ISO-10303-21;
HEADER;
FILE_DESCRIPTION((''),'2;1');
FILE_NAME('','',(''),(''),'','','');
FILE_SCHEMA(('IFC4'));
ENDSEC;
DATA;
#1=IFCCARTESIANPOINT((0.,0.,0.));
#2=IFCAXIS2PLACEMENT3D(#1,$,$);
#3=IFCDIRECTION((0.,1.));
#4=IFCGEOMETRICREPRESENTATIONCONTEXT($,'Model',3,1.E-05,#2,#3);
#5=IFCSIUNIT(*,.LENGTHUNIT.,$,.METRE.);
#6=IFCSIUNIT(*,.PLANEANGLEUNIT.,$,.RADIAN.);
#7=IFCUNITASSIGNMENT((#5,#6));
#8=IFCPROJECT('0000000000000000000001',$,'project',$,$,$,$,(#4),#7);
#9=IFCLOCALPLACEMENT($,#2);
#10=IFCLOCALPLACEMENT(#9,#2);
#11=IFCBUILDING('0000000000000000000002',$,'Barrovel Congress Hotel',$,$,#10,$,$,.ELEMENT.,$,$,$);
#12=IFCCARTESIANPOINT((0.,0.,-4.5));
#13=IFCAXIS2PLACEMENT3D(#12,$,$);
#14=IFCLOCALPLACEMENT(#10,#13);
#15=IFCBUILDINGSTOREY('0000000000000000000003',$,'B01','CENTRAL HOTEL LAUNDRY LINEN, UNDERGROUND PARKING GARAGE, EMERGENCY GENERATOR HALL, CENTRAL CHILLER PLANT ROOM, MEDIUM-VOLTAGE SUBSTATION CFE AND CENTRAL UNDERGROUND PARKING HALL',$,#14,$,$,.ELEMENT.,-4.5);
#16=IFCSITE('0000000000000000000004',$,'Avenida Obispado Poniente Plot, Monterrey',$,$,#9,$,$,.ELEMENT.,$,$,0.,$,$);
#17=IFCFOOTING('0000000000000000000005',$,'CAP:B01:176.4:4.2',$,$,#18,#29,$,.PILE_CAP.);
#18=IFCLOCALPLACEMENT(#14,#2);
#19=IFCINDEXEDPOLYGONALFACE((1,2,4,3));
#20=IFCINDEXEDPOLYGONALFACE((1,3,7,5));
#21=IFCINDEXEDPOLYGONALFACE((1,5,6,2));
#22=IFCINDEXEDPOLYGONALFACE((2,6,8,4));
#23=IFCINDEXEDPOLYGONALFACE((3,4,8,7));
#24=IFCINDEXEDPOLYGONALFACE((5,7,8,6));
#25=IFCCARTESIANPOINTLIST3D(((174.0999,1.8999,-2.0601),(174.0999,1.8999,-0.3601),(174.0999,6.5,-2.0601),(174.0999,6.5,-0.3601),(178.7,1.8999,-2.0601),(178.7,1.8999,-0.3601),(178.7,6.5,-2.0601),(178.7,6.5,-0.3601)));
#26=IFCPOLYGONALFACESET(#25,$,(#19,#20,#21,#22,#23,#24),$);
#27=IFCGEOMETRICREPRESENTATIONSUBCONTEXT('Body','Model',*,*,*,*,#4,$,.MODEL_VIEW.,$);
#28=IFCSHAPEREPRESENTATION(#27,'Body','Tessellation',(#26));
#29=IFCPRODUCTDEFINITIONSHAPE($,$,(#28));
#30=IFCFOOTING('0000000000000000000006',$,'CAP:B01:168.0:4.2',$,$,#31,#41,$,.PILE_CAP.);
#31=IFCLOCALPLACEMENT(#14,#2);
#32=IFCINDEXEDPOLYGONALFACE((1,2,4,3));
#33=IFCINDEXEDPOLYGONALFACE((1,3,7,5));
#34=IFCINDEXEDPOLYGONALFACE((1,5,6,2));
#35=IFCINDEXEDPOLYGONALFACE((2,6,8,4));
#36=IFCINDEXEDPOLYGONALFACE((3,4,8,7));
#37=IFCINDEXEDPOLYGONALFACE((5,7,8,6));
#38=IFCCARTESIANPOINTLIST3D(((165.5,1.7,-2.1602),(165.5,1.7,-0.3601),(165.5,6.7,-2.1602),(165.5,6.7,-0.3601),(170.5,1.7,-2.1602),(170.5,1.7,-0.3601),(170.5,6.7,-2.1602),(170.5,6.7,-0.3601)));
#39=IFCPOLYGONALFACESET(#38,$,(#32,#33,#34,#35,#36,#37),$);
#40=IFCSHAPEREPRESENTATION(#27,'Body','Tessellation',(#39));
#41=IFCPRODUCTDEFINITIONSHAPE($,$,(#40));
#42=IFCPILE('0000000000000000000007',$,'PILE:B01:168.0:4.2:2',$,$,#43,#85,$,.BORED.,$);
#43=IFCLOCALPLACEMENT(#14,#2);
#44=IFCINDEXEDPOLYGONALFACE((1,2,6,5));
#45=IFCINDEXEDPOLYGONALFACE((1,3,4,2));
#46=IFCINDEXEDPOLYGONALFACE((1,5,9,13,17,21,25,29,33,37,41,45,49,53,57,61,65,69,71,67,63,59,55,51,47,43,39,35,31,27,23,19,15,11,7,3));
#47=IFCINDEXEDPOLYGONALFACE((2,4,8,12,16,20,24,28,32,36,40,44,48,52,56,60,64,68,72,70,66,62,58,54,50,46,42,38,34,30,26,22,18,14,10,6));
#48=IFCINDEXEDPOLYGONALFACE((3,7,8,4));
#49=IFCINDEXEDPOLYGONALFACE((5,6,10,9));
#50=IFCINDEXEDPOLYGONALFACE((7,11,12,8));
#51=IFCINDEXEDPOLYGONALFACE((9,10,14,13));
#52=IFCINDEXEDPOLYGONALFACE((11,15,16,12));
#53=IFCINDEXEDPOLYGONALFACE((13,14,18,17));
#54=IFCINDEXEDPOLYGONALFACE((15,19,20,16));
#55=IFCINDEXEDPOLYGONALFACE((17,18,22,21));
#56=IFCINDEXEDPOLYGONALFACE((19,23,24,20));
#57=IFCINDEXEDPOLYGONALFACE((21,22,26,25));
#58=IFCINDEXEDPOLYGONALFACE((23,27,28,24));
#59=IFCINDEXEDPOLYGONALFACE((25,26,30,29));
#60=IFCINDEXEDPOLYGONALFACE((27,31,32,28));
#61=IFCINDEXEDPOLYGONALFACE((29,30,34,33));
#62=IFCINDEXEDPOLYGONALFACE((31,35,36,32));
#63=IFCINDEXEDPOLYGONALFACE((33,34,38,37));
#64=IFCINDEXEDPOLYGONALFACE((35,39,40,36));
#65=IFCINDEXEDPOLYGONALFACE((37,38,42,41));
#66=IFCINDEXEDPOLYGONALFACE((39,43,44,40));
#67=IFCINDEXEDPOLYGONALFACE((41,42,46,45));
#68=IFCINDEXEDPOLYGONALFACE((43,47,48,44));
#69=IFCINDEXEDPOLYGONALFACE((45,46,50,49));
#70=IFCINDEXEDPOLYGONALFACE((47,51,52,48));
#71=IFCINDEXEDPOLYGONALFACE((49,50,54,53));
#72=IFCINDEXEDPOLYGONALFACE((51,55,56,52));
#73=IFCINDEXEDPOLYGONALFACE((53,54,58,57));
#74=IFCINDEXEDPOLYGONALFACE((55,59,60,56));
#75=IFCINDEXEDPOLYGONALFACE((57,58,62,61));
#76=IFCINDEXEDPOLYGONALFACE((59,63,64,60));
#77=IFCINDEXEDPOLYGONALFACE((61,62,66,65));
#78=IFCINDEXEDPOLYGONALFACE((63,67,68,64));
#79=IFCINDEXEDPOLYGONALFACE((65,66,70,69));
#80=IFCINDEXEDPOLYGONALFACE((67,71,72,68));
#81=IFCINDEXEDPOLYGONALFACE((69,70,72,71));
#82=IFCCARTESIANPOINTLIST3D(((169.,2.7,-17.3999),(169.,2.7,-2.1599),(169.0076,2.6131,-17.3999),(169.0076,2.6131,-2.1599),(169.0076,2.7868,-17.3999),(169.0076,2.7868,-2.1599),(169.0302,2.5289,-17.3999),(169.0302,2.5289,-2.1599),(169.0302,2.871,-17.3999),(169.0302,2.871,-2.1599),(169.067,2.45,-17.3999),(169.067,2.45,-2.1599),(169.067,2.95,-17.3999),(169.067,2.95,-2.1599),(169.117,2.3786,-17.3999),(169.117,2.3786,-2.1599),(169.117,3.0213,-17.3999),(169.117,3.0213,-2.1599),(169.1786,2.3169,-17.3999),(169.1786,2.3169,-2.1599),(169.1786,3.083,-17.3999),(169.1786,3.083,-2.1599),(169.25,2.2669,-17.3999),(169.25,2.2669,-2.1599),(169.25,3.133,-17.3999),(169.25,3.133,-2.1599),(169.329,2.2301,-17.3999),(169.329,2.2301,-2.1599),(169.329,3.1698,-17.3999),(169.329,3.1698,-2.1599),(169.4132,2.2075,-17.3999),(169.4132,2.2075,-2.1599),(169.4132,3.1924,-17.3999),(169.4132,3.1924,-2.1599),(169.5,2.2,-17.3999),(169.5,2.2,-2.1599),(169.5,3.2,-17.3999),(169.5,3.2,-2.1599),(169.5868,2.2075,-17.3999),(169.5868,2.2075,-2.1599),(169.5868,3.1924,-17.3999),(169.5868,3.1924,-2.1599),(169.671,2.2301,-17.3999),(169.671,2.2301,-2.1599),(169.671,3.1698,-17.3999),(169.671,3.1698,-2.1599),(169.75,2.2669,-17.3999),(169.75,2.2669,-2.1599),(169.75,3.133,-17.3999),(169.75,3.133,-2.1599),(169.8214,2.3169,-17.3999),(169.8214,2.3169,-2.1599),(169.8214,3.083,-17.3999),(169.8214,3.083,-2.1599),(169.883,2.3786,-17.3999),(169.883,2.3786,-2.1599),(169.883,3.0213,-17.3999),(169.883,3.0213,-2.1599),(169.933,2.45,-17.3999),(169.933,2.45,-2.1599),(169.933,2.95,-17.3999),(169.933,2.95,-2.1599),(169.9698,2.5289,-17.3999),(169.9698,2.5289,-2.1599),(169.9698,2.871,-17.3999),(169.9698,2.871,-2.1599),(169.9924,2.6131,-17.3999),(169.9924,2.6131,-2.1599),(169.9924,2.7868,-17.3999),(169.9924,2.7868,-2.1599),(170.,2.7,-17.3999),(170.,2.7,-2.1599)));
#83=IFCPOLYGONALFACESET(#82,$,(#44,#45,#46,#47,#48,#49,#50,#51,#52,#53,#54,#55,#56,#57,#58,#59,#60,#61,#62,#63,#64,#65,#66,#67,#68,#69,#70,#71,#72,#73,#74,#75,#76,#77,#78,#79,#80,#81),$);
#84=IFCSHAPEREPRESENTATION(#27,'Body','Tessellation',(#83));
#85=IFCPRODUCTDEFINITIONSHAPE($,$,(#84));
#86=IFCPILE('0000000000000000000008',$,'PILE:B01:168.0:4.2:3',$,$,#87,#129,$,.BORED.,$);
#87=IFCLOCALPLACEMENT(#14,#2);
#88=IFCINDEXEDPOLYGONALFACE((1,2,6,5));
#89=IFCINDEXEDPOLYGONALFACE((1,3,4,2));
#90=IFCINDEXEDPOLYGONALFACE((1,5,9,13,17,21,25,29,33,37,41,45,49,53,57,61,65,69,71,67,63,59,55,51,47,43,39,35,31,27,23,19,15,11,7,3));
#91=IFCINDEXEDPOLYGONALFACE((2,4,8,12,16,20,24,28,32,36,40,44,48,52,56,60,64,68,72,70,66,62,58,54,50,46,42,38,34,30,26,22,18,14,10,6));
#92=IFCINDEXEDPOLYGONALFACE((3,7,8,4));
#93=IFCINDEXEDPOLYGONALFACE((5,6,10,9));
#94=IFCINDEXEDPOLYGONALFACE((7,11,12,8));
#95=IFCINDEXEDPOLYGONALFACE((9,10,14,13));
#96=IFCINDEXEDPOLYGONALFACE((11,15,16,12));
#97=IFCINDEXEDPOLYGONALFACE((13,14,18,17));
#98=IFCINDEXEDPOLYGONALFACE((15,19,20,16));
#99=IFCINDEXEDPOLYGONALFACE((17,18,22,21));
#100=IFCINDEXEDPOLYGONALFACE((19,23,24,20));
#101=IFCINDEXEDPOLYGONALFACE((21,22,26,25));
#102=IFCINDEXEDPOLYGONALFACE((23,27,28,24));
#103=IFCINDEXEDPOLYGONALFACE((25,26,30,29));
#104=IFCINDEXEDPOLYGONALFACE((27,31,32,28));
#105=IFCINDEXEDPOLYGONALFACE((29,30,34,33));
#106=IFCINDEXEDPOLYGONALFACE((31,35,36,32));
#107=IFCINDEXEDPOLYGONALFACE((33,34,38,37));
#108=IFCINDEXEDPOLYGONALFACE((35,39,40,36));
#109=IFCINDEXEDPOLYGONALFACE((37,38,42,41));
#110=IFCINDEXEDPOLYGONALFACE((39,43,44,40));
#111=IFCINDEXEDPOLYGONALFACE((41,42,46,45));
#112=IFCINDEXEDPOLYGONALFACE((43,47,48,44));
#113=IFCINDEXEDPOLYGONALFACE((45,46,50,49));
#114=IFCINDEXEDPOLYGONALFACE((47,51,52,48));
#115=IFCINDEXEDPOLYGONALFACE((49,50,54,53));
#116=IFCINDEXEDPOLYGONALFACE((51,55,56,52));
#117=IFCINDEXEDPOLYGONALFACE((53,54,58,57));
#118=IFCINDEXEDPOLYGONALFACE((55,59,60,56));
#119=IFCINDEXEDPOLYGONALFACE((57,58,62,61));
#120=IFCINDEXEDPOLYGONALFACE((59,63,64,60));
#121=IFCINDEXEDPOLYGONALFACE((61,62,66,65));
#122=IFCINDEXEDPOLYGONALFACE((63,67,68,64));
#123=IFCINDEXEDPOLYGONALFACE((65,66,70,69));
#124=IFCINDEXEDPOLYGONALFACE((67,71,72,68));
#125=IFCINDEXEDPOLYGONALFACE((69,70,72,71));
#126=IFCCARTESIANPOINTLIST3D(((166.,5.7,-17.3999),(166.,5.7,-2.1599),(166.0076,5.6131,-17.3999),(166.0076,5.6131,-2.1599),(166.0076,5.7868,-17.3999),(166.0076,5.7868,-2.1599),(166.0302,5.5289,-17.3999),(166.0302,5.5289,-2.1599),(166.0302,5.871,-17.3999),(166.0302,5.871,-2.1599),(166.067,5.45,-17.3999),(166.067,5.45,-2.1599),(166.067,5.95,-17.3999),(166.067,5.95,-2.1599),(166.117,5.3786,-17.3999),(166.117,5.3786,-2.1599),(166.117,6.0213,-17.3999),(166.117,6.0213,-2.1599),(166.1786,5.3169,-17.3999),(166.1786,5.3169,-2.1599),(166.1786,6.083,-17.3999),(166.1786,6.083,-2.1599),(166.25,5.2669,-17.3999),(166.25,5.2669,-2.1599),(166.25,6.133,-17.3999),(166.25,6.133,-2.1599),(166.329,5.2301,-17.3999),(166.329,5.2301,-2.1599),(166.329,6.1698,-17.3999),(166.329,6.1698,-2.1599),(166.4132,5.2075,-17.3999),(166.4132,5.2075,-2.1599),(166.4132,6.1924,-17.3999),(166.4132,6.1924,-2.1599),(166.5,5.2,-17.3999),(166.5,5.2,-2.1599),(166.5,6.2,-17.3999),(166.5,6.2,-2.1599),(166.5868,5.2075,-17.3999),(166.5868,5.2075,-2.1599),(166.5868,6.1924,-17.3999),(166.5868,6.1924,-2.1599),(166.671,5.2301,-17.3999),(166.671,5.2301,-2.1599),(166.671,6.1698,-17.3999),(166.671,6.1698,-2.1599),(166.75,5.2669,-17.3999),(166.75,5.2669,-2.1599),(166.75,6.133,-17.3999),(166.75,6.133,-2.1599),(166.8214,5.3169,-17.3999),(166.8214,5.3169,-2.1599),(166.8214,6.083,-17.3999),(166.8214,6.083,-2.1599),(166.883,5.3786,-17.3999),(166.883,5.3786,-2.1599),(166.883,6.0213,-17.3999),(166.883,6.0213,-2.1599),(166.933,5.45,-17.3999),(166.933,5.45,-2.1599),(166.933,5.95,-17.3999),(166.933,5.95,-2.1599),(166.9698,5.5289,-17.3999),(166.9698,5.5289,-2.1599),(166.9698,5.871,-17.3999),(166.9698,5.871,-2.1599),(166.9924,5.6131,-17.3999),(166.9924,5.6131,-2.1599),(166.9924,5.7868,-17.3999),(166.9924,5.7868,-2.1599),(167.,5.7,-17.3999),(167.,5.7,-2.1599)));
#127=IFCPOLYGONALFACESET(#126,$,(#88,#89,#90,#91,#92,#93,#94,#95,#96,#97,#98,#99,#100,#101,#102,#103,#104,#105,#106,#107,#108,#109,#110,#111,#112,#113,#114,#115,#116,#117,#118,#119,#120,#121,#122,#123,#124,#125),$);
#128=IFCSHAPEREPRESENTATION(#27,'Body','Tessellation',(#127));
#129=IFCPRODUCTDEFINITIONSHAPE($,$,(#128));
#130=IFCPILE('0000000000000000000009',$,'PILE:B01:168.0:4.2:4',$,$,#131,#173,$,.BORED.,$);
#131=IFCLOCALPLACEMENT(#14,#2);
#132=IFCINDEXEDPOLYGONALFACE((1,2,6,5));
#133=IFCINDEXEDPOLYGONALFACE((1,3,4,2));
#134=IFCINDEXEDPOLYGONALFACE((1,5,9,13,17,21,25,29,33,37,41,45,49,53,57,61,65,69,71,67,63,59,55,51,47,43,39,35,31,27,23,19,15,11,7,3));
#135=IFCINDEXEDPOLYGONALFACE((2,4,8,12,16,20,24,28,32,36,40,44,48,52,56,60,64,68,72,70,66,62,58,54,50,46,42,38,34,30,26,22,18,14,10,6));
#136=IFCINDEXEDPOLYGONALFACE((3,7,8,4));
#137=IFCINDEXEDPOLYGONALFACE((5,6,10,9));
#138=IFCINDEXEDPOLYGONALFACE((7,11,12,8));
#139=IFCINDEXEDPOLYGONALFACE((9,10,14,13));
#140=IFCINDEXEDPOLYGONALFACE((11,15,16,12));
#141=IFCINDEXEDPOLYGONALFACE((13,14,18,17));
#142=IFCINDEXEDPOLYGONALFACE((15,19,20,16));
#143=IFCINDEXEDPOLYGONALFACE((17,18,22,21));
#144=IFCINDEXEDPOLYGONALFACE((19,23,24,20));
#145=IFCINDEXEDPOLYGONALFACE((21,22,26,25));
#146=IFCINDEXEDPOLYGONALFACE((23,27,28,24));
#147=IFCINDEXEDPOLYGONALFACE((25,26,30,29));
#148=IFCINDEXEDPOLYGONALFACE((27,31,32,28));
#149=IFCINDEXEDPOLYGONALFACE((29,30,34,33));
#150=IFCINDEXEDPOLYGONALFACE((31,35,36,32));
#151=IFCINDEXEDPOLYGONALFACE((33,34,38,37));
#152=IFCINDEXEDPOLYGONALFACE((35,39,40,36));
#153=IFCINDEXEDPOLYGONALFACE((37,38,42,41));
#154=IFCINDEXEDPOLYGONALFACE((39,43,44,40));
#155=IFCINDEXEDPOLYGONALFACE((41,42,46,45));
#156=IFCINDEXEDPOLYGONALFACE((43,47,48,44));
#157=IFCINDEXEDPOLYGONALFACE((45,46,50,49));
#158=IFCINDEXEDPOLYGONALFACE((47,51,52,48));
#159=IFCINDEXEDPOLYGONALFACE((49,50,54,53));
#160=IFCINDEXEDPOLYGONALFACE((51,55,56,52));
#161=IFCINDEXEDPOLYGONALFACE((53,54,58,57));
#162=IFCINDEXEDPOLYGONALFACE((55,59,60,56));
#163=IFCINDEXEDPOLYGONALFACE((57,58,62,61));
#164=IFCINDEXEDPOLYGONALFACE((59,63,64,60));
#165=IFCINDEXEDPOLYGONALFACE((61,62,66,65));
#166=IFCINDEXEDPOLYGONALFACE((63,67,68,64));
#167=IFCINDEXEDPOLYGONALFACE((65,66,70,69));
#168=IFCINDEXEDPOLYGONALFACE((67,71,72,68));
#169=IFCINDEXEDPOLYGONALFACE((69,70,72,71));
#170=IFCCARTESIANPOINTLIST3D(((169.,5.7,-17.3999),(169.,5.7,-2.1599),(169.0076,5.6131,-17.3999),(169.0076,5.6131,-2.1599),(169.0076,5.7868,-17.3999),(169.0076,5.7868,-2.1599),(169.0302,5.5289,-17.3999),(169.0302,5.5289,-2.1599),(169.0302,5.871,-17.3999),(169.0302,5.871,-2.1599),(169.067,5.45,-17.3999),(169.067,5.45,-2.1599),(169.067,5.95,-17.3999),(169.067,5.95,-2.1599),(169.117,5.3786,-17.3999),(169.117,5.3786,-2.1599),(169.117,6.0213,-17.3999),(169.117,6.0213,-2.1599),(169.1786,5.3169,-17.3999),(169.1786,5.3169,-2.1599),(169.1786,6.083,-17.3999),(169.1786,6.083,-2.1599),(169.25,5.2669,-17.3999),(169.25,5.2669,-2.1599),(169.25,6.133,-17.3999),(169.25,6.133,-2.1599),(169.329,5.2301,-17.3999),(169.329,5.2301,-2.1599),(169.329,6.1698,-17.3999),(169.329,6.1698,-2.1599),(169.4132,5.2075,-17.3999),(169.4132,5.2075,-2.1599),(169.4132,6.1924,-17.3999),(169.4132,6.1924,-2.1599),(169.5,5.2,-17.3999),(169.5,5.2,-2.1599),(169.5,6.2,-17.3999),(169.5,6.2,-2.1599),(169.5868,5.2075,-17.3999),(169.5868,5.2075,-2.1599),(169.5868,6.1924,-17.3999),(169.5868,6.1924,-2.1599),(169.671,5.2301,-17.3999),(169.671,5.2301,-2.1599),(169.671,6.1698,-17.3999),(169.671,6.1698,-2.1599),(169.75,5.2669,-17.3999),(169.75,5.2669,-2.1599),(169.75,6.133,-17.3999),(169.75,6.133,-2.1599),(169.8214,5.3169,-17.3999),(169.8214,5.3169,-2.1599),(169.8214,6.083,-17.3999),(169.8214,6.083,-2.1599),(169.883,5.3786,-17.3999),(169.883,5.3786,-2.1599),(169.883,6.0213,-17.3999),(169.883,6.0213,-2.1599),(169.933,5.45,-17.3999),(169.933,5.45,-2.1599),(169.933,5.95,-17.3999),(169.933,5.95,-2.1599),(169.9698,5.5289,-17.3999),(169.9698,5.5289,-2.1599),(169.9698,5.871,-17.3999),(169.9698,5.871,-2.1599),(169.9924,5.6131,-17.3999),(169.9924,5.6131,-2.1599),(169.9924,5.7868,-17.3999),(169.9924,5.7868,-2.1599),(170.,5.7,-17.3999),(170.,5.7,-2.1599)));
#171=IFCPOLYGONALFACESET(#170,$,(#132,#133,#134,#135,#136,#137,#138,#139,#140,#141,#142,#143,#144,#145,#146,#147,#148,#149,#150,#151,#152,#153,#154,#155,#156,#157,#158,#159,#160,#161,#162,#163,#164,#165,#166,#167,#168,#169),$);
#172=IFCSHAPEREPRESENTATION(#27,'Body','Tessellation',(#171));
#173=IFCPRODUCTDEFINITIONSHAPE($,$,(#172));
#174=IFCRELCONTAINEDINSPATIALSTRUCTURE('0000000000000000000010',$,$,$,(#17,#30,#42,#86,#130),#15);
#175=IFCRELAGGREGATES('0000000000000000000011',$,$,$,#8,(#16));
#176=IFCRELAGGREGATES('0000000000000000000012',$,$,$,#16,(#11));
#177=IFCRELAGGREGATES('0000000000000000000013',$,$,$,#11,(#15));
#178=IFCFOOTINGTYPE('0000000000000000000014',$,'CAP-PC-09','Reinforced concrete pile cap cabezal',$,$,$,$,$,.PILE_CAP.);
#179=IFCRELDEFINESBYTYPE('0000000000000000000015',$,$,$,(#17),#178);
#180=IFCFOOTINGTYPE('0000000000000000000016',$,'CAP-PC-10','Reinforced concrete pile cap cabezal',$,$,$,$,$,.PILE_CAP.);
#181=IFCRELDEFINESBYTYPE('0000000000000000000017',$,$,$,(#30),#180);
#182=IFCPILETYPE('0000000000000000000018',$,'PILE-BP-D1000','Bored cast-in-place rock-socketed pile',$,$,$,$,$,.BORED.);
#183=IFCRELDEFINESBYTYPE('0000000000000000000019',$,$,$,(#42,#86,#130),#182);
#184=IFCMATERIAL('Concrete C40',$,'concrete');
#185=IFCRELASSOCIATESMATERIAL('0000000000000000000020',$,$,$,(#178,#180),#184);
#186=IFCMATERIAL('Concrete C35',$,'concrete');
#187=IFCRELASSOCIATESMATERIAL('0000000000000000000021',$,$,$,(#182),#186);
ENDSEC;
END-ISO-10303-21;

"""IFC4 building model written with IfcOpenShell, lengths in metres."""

from ifc_helpers import new_model, si_unit, direction, frame, origin, origin_2d, place, context, subcontext, project, spatial, rectangle, circle, extrude, material, material_profile, profile_set, type_object, element, save


model = new_model("IFC4")

# Units and contexts
model_context = context("Model", 3, precision=1e-05, world=origin(), true_north=direction((0.0, 1.0)))
body_context = subcontext(model_context, "Body", "Model", "MODEL_VIEW")
ifc_project = project(units=[si_unit("LENGTHUNIT", "METRE"), si_unit("PLANEANGLEUNIT", "RADIAN")], contexts=[model_context])

# Site, building, storey
site_placement = place(None, origin())
site = spatial("IfcSite", under=ifc_project, at=site_placement, Name="Avenida Obispado Poniente Plot, Monterrey", CompositionType="ELEMENT", RefElevation=0.0)
building_placement = place(site_placement, origin())
building = spatial("IfcBuilding", under=site, at=building_placement, Name="Barrovel Congress Hotel", CompositionType="ELEMENT")
storey_placement = place(building_placement, frame((0.0, 0.0, -4.5)))
storey = spatial("IfcBuildingStorey", under=building, at=storey_placement, Name="B01", Description="CENTRAL HOTEL LAUNDRY LINEN, UNDERGROUND PARKING GARAGE, EMERGENCY GENERATOR HALL, CENTRAL CHILLER PLANT ROOM, MEDIUM-VOLTAGE SUBSTATION CFE AND CENTRAL UNDERGROUND PARKING HALL", CompositionType="ELEMENT", Elevation=-4.5)

# Footings
ifc_material_1 = material(Name="Concrete C40", Category="concrete")
footing_type_1 = type_object("IfcFootingType", Name="CAP-PC-09", Description="Reinforced concrete pile cap cabezal", PredefinedType="PILE_CAP", material=ifc_material_1)
footing_1_placement = place(storey_placement, frame((176.3999, 4.2, -2.0601), z_axis=(0.0, 0.0, 1.0), x_axis=(1.0, 0.0, 0.0)))
element("IfcFooting", 1, at=footing_1_placement, inside=storey, type_object=footing_type_1, Name="CAP:B01:176.4:4.2", PredefinedType="PILE_CAP", context=body_context, shape_type="SweptSolid", body=[
    extrude(rectangle(XDim=4.6001, YDim=4.6001, at=origin_2d()), origin(), (0.0, 0.0, 1.0), 1.7),
])
footing_type_2 = type_object("IfcFootingType", Name="CAP-PC-10", Description="Reinforced concrete pile cap cabezal", PredefinedType="PILE_CAP", material=ifc_material_1)
footing_2_placement = place(storey_placement, frame((168.0, 4.2, -2.1602), z_axis=(0.0, 0.0, 1.0), x_axis=(1.0, 0.0, 0.0)))
element("IfcFooting", 2, at=footing_2_placement, inside=storey, type_object=footing_type_2, Name="CAP:B01:168.0:4.2", PredefinedType="PILE_CAP", context=body_context, shape_type="SweptSolid", body=[
    extrude(rectangle(XDim=5.0, YDim=5.0, at=origin_2d()), origin(), (0.0, 0.0, 1.0), 1.8),
])

# Piles
ifc_material_2 = material(Name="Concrete C35", Category="concrete")
ifc_material_profile_1 = material_profile(ifc_material_2, circle(Radius=0.5, at=origin_2d()), Name="BP-D1000")
ifc_profile_set_1 = profile_set([ifc_material_profile_1], Name="Concrete C35")
pile_type = type_object("IfcPileType", Name="PILE-BP-D1000", Description="Bored cast-in-place rock-socketed pile", PredefinedType="BORED", material=ifc_profile_set_1)
for number, where, z_axis, x_axis, name in (
    (3, (169.5, 2.7, -2.1599), (0.0, 0.0, -1.0), (1.0, 0.0, 0.0), "PILE:B01:168.0:4.2:2"),
    (4, (166.5, 5.7, -2.1599), (0.0, 0.0, -1.0), (1.0, 0.0, 0.0), "PILE:B01:168.0:4.2:3"),
    (5, (169.5, 5.7, -2.1599), (0.0, 0.0, -1.0), (1.0, 0.0, 0.0), "PILE:B01:168.0:4.2:4"),
):
    element("IfcPile", number, at=place(storey_placement, frame(where, z_axis=z_axis, x_axis=x_axis)), inside=storey, type_object=pile_type, Name=name, PredefinedType="BORED", context=body_context, shape_type="SweptSolid", body=[
        extrude(circle(Radius=0.5, at=origin_2d()), origin(), (0.0, 0.0, 1.0), 15.24),
    ])

save(model, "model.ifc")
